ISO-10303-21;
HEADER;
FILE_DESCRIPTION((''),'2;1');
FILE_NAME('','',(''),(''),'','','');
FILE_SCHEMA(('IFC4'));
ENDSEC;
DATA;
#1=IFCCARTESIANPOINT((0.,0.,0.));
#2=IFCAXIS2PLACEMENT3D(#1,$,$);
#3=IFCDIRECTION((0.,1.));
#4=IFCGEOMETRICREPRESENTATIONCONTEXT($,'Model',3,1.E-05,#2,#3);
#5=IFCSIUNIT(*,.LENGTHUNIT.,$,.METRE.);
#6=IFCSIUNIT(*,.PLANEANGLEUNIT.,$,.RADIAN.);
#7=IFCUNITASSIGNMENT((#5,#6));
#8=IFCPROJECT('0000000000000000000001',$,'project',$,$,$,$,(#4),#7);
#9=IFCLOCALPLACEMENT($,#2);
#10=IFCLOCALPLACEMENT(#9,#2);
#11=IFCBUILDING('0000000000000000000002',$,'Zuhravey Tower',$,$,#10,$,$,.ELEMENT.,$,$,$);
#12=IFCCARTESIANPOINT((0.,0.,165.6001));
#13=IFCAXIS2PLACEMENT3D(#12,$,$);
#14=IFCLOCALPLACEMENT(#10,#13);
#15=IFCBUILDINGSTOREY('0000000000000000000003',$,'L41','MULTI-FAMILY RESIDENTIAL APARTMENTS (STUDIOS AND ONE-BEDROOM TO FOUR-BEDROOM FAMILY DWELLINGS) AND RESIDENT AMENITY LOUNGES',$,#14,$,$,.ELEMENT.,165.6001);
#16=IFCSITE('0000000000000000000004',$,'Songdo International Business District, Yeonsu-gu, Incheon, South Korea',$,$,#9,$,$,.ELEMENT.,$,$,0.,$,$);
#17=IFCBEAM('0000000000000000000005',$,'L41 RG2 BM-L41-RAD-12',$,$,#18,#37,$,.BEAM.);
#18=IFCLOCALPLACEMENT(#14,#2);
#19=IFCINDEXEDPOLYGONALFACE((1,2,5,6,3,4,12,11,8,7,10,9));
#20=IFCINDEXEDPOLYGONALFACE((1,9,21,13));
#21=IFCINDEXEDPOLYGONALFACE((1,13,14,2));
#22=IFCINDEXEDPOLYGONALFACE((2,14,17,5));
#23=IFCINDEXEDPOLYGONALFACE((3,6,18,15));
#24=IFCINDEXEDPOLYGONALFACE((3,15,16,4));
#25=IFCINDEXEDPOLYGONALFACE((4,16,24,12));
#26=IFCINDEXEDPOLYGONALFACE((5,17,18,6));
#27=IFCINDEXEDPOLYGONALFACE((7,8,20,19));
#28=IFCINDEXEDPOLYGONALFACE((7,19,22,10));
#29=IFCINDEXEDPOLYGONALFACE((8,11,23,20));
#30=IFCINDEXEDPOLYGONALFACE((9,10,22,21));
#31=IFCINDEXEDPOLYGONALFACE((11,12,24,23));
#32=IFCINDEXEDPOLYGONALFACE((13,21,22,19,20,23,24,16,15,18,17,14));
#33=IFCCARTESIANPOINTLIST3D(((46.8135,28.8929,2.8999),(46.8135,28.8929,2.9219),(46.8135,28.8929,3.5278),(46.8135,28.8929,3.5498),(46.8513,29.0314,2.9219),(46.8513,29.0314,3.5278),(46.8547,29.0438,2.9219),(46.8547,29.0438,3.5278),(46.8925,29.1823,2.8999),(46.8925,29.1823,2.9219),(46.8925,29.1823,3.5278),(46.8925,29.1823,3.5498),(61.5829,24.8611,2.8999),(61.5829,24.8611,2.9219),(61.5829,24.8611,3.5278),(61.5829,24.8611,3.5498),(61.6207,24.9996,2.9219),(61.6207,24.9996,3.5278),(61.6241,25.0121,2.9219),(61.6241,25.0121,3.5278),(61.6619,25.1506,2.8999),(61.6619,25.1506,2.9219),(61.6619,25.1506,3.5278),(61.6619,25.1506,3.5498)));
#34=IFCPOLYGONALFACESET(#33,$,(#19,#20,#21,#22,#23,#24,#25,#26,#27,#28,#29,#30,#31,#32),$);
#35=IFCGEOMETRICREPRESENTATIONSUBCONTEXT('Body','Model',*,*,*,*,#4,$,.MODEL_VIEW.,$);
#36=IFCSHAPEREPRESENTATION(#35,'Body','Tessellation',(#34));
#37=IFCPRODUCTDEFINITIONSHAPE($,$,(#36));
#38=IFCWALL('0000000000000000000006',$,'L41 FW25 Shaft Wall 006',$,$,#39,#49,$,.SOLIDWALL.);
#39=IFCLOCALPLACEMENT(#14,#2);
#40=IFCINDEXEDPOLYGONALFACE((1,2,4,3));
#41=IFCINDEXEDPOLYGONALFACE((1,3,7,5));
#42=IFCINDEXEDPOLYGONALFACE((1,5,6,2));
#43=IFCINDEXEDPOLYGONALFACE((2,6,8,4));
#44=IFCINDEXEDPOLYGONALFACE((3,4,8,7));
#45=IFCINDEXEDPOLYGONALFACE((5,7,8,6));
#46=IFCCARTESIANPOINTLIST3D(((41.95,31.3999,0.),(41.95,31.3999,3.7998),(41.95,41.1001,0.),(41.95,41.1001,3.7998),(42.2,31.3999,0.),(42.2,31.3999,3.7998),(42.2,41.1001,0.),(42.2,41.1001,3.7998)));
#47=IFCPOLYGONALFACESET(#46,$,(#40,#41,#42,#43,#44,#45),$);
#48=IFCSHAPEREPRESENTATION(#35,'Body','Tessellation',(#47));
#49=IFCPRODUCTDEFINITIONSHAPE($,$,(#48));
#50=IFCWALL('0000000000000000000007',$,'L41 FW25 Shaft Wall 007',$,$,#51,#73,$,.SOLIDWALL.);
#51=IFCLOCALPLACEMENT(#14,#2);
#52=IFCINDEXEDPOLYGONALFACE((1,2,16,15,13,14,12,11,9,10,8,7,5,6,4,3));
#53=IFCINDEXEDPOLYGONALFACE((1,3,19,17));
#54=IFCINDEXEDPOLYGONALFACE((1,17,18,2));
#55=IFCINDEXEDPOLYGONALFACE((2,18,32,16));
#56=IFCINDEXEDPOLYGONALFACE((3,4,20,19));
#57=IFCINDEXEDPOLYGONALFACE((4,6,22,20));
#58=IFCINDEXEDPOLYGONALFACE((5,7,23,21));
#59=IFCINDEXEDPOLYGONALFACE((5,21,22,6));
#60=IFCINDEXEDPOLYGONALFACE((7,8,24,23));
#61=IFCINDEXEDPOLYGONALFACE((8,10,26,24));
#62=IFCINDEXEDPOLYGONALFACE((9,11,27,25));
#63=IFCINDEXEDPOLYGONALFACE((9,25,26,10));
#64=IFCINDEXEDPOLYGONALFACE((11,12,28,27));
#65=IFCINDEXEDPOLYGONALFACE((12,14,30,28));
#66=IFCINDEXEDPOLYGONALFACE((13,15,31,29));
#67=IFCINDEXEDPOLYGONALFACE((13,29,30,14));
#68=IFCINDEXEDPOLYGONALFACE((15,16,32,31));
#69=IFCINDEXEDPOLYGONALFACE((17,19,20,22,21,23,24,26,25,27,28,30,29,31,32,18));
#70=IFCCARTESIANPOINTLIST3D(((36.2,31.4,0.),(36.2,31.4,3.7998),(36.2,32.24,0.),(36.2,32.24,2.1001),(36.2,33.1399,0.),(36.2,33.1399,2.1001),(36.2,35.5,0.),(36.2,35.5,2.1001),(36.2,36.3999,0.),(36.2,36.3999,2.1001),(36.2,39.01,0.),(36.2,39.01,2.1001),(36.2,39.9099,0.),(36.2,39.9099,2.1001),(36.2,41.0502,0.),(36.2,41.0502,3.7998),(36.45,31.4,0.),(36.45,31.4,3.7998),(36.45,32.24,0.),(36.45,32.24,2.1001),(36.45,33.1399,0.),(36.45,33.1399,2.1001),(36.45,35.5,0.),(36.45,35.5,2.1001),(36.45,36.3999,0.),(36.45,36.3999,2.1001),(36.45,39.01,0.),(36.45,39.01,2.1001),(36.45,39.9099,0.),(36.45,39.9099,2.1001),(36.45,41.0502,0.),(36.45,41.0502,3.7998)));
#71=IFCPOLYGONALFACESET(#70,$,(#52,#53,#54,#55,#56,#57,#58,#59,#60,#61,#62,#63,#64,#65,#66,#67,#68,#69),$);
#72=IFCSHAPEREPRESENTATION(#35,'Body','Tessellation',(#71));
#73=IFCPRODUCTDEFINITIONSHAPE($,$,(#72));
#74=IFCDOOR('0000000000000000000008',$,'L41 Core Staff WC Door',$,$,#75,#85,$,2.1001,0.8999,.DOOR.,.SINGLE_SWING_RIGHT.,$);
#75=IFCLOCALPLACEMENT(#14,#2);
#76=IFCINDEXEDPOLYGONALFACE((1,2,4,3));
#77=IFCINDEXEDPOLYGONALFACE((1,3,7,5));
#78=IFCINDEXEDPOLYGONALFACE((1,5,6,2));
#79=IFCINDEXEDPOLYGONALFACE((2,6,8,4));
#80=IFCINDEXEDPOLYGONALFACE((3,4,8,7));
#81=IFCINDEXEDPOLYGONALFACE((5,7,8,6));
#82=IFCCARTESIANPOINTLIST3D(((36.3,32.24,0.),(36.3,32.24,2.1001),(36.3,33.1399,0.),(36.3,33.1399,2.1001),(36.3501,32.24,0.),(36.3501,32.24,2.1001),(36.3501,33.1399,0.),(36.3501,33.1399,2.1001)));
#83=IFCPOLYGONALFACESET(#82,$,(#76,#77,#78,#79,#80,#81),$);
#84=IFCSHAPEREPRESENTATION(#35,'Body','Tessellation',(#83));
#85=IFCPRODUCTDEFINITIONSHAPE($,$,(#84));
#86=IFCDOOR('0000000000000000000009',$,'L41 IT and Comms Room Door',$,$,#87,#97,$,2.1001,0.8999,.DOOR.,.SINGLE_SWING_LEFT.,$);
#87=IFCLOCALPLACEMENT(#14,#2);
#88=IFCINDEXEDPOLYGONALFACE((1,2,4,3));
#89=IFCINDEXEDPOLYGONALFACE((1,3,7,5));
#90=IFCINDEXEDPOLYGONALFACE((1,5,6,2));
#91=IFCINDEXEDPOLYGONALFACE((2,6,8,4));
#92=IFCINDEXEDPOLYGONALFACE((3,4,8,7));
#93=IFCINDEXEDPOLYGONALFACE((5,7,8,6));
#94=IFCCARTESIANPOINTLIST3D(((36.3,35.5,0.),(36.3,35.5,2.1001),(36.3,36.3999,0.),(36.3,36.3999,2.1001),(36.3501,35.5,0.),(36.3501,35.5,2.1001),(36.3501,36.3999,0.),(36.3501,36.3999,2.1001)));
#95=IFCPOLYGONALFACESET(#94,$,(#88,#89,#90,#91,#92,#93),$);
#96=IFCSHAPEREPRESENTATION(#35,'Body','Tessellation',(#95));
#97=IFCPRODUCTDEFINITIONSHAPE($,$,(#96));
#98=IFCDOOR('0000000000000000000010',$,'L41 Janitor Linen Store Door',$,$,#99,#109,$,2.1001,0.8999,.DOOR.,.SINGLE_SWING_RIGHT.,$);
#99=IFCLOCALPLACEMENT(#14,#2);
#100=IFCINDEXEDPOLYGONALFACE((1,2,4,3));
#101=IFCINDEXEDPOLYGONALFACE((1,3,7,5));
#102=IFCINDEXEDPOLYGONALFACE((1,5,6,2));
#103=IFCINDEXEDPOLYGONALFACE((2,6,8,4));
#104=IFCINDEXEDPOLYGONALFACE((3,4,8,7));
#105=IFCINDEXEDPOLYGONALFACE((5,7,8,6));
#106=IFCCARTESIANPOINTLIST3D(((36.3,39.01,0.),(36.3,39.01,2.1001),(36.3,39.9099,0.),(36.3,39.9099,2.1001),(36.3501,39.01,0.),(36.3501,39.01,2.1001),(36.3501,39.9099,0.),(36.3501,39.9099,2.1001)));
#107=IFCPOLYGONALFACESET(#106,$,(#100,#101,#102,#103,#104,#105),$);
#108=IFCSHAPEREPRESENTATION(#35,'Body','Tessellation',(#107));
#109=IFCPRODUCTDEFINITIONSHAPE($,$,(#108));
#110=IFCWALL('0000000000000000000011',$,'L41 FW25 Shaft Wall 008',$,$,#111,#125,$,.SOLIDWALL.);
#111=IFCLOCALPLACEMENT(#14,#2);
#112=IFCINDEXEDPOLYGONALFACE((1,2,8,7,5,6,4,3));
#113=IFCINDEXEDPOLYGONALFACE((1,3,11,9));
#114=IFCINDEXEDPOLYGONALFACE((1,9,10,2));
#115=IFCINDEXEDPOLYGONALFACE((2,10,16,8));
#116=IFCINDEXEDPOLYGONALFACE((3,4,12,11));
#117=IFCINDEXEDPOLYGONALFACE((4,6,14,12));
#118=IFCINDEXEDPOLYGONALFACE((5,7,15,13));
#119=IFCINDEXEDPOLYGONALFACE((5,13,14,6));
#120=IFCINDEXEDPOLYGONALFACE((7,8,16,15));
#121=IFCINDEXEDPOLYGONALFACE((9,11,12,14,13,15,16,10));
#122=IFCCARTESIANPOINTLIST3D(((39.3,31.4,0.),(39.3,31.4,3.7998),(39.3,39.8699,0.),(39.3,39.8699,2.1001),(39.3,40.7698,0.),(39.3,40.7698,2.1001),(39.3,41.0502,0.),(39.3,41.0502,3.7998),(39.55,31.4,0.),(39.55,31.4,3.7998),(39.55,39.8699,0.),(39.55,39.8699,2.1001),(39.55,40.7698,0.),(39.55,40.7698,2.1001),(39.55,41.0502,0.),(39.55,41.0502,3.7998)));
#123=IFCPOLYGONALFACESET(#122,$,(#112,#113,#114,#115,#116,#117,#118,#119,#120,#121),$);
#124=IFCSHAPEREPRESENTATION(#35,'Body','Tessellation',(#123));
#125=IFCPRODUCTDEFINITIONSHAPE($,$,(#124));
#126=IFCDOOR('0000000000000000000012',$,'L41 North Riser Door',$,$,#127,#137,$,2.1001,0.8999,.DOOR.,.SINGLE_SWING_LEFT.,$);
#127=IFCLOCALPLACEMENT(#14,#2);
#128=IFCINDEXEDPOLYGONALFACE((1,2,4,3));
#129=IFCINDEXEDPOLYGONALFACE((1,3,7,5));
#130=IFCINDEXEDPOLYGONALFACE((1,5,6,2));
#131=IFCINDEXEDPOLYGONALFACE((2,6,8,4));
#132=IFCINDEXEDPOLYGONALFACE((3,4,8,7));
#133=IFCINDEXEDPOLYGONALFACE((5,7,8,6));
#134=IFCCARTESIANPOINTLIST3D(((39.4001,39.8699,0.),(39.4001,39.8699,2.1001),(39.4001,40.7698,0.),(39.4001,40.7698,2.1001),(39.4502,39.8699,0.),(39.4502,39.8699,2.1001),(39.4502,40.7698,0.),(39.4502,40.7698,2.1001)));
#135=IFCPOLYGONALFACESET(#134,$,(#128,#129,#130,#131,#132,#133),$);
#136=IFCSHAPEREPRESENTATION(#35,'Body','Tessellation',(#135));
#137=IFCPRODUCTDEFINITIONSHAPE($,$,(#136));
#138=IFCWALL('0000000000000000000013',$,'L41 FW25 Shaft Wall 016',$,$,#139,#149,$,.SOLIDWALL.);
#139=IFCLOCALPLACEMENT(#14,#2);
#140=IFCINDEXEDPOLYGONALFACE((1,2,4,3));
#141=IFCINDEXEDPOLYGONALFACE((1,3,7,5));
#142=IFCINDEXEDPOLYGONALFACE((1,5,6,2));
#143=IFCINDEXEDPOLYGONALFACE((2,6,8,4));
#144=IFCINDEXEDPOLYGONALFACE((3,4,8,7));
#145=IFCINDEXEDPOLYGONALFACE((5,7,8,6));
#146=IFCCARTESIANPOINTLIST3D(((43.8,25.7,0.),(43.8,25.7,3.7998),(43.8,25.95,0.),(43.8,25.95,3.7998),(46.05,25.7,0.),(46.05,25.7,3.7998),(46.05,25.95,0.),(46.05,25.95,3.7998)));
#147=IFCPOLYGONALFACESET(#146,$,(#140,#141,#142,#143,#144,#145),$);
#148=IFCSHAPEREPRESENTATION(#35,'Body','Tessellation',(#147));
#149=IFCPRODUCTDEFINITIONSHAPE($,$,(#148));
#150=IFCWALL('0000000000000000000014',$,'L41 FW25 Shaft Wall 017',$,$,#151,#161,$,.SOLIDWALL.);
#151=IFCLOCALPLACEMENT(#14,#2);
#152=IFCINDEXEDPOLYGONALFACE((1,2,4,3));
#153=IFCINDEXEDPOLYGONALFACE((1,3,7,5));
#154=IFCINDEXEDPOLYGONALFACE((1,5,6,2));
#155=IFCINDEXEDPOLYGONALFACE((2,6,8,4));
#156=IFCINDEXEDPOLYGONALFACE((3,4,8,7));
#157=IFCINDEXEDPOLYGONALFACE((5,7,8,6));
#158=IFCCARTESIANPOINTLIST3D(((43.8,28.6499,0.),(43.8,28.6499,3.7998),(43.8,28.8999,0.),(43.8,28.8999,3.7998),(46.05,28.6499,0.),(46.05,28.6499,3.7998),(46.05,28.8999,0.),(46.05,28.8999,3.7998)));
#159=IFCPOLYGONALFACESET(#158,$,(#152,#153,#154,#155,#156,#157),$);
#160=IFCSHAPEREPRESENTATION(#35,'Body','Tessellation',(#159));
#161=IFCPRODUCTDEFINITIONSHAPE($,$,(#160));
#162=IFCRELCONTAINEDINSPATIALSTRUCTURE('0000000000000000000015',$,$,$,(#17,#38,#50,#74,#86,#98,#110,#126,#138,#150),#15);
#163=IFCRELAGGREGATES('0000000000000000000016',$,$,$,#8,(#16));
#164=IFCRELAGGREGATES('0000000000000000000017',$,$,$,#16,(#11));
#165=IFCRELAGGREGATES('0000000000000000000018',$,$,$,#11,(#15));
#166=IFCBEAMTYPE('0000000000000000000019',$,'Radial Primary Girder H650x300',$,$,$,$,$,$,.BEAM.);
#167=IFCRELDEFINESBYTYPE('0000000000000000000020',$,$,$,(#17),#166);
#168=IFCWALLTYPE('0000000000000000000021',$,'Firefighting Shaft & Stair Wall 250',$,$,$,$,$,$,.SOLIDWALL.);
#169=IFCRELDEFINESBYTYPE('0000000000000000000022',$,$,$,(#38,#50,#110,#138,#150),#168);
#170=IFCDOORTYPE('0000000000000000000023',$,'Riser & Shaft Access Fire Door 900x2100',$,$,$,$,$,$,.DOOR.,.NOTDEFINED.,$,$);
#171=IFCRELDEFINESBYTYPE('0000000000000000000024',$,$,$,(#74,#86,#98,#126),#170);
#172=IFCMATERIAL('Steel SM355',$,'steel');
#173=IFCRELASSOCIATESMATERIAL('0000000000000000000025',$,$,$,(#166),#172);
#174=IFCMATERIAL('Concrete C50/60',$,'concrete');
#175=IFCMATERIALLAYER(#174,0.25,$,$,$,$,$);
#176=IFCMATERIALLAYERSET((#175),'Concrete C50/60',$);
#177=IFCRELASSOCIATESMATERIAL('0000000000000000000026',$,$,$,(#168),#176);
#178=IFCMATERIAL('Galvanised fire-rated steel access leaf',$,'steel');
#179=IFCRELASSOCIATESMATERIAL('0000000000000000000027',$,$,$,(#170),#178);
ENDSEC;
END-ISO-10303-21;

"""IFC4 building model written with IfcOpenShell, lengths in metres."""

from ifc_helpers import new_model, si_unit, direction, frame, frame_2d, origin, origin_2d, place, context, subcontext, project, spatial, rectangle, i_section, extrude, material, layer, layer_set, material_profile, profile_set, type_object, element, fill, save


model = new_model("IFC4")

# Units and contexts
model_context = context("Model", 3, precision=1e-05, world=origin(), true_north=direction((0.0, 1.0)))
body_context = subcontext(model_context, "Body", "Model", "MODEL_VIEW")
ifc_project = project(units=[si_unit("LENGTHUNIT", "METRE"), si_unit("PLANEANGLEUNIT", "RADIAN")], contexts=[model_context])

# Site, building, storey
site_placement = place(None, origin())
site = spatial("IfcSite", under=ifc_project, at=site_placement, Name="Songdo International Business District, Yeonsu-gu, Incheon, South Korea", CompositionType="ELEMENT", RefElevation=0.0)
building_placement = place(site_placement, origin())
building = spatial("IfcBuilding", under=site, at=building_placement, Name="Zuhravey Tower", CompositionType="ELEMENT")
storey_placement = place(building_placement, frame((0.0, 0.0, 165.6001)))
storey = spatial("IfcBuildingStorey", under=building, at=storey_placement, Name="L41", Description="MULTI-FAMILY RESIDENTIAL APARTMENTS (STUDIOS AND ONE-BEDROOM TO FOUR-BEDROOM FAMILY DWELLINGS) AND RESIDENT AMENITY LOUNGES", CompositionType="ELEMENT", Elevation=165.6001)

# Beam
ifc_material_1 = material(Name="Steel SM355", Category="steel")
ifc_material_profile = material_profile(ifc_material_1, i_section(OverallWidth=0.3, OverallDepth=0.6499, WebThickness=0.0129, FlangeThickness=0.022, at=origin_2d()), Name="H-650x300x13x22")
ifc_profile_set = profile_set([ifc_material_profile], Name="Steel SM355")
beam_type = type_object("IfcBeamType", Name="Radial Primary Girder H650x300", PredefinedType="BEAM", material=ifc_profile_set)
beam_placement = place(storey_placement, frame((46.853, 29.0376, 3.2249), z_axis=(0.964702, -0.263345, 0.0), x_axis=(0.263345, 0.964702, 0.0)))
element("IfcBeam", 1, at=beam_placement, inside=storey, type_object=beam_type, Name="L41 RG2 BM-L41-RAD-12", PredefinedType="BEAM", context=body_context, shape_type="SweptSolid", body=[
    extrude(i_section(OverallWidth=0.3, OverallDepth=0.6499, WebThickness=0.0129, FlangeThickness=0.022, at=origin_2d()), origin(), (0.0, 0.0, 1.0), 15.3098),
])

# Wall
ifc_material_2 = material(Name="Concrete C50/60", Category="concrete")
ifc_layer_1 = layer(ifc_material_2, 0.25)
ifc_layer_set_1 = layer_set([ifc_layer_1], Name="Concrete C50/60")
wall_type_1 = type_object("IfcWallType", Name="Firefighting Shaft & Stair Wall 250", PredefinedType="SOLIDWALL", material=ifc_layer_set_1)
wall_1_placement = place(storey_placement, frame((42.075, 31.3999, 0.0), z_axis=(0.0, 0.0, 1.0), x_axis=(0.0, 1.0, 0.0)))
element("IfcWall", 2, at=wall_1_placement, inside=storey, type_object=wall_type_1, Name="L41 FW25 Shaft Wall 006", PredefinedType="SOLIDWALL", context=body_context, shape_type="SweptSolid", body=[
    extrude(rectangle(XDim=9.7002, YDim=0.25, at=frame_2d((4.8501, 0.0))), origin(), (0.0, 0.0, 1.0), 3.7998),
])

# Wall, openings, doors
wall_2_placement = place(storey_placement, frame((36.325, 31.3999, 0.0), z_axis=(0.0, 0.0, 1.0), x_axis=(0.0, 1.0, 0.0)))
wall_2 = element("IfcWall", 3, at=wall_2_placement, inside=storey, type_object=wall_type_1, Name="L41 FW25 Shaft Wall 007", PredefinedType="SOLIDWALL", context=body_context, shape_type="SweptSolid", body=[
    extrude(rectangle(XDim=9.6501, YDim=0.25, at=frame_2d((4.8252, 0.0))), origin(), (0.0, 0.0, 1.0), 3.7998),
])
opening_1_placement = place(wall_2_placement, frame((0.8401, 0.0, 0.0)))
opening_1 = element("IfcOpeningElement", 4, at=opening_1_placement, cuts=wall_2, PredefinedType="OPENING", context=body_context, shape_type="SweptSolid", body=[
    extrude(rectangle(XDim=0.8999, YDim=2.1001, at=frame_2d((0.45, 1.05))), frame((0.0, 0.137, 0.0), z_axis=(0.0, -1.0, 0.0), x_axis=(1.0, 0.0, 0.0)), (0.0, 0.0, 1.0), 0.2739),
])
opening_2_placement = place(wall_2_placement, frame((4.1001, 0.0, 0.0)))
opening_2 = element("IfcOpeningElement", 5, at=opening_2_placement, cuts=wall_2, PredefinedType="OPENING", context=body_context, shape_type="SweptSolid", body=[
    extrude(rectangle(XDim=0.8999, YDim=2.1001, at=frame_2d((0.45, 1.05))), frame((0.0, 0.137, 0.0), z_axis=(0.0, -1.0, 0.0), x_axis=(1.0, 0.0, 0.0)), (0.0, 0.0, 1.0), 0.2739),
])
opening_3_placement = place(wall_2_placement, frame((7.6101, 0.0, 0.0)))
opening_3 = element("IfcOpeningElement", 6, at=opening_3_placement, cuts=wall_2, PredefinedType="OPENING", context=body_context, shape_type="SweptSolid", body=[
    extrude(rectangle(XDim=0.8999, YDim=2.1001, at=frame_2d((0.45, 1.05))), frame((0.0, 0.137, 0.0), z_axis=(0.0, -1.0, 0.0), x_axis=(1.0, 0.0, 0.0)), (0.0, 0.0, 1.0), 0.2739),
])
ifc_material_3 = material(Name="Galvanised fire-rated steel access leaf", Category="steel")
door_type_1 = type_object("IfcDoorType", Name="Riser & Shaft Access Fire Door 900x2100", OperationType="NOTDEFINED", PredefinedType="DOOR", material=ifc_material_3)
door_1_placement = place(opening_1_placement, origin())
door_1 = element("IfcDoor", 7, at=door_1_placement, inside=storey, type_object=door_type_1, Name="L41 Core Staff WC Door", OperationType="SINGLE_SWING_RIGHT", OverallHeight=2.1001, OverallWidth=0.8999, PredefinedType="DOOR", context=body_context, shape_type="SweptSolid", body=[
    extrude(rectangle(XDim=0.8999, YDim=2.1001, at=frame_2d((0.45, 1.05))), frame((0.0, 0.0249, 0.0), z_axis=(0.0, -1.0, 0.0), x_axis=(1.0, 0.0, 0.0)), (0.0, 0.0, 1.0), 0.05),
])
fill(opening_1, door_1)
door_2_placement = place(opening_2_placement, origin())
door_2 = element("IfcDoor", 8, at=door_2_placement, inside=storey, type_object=door_type_1, Name="L41 IT and Comms Room Door", OperationType="SINGLE_SWING_LEFT", OverallHeight=2.1001, OverallWidth=0.8999, PredefinedType="DOOR", context=body_context, shape_type="SweptSolid", body=[
    extrude(rectangle(XDim=0.8999, YDim=2.1001, at=frame_2d((0.45, 1.05))), frame((0.0, 0.0249, 0.0), z_axis=(0.0, -1.0, 0.0), x_axis=(1.0, 0.0, 0.0)), (0.0, 0.0, 1.0), 0.05),
])
fill(opening_2, door_2)
door_3_placement = place(opening_3_placement, origin())
door_3 = element("IfcDoor", 9, at=door_3_placement, inside=storey, type_object=door_type_1, Name="L41 Janitor Linen Store Door", OperationType="SINGLE_SWING_RIGHT", OverallHeight=2.1001, OverallWidth=0.8999, PredefinedType="DOOR", context=body_context, shape_type="SweptSolid", body=[
    extrude(rectangle(XDim=0.8999, YDim=2.1001, at=frame_2d((0.45, 1.05))), frame((0.0, 0.0249, 0.0), z_axis=(0.0, -1.0, 0.0), x_axis=(1.0, 0.0, 0.0)), (0.0, 0.0, 1.0), 0.05),
])
fill(opening_3, door_3)

# Wall, opening, door
wall_3_placement = place(storey_placement, frame((39.425, 31.3999, 0.0), z_axis=(0.0, 0.0, 1.0), x_axis=(0.0, 1.0, 0.0)))
wall_3 = element("IfcWall", 10, at=wall_3_placement, inside=storey, type_object=wall_type_1, Name="L41 FW25 Shaft Wall 008", PredefinedType="SOLIDWALL", context=body_context, shape_type="SweptSolid", body=[
    extrude(rectangle(XDim=9.6501, YDim=0.25, at=frame_2d((4.8252, 0.0))), origin(), (0.0, 0.0, 1.0), 3.7998),
])
opening_4_placement = place(wall_3_placement, frame((8.47, 0.0, 0.0)))
opening_4 = element("IfcOpeningElement", 11, at=opening_4_placement, cuts=wall_3, PredefinedType="OPENING", context=body_context, shape_type="SweptSolid", body=[
    extrude(rectangle(XDim=0.8999, YDim=2.1001, at=frame_2d((0.45, 1.05))), frame((0.0, 0.137, 0.0), z_axis=(0.0, -1.0, 0.0), x_axis=(1.0, 0.0, 0.0)), (0.0, 0.0, 1.0), 0.2739),
])
door_4_placement = place(opening_4_placement, origin())
door_4 = element("IfcDoor", 12, at=door_4_placement, inside=storey, type_object=door_type_1, Name="L41 North Riser Door", OperationType="SINGLE_SWING_LEFT", OverallHeight=2.1001, OverallWidth=0.8999, PredefinedType="DOOR", context=body_context, shape_type="SweptSolid", body=[
    extrude(rectangle(XDim=0.8999, YDim=2.1001, at=frame_2d((0.45, 1.05))), frame((0.0, 0.0249, 0.0), z_axis=(0.0, -1.0, 0.0), x_axis=(1.0, 0.0, 0.0)), (0.0, 0.0, 1.0), 0.05),
])
fill(opening_4, door_4)

# Walls
for number, where, z_axis, x_axis, name in (
    (13, (43.8, 25.825, 0.0), (0.0, 0.0, 1.0), (1.0, 0.0, 0.0), "L41 FW25 Shaft Wall 016"),
    (14, (43.8, 28.7749, 0.0), (0.0, 0.0, 1.0), (1.0, 0.0, 0.0), "L41 FW25 Shaft Wall 017"),
):
    element("IfcWall", number, at=place(storey_placement, frame(where, z_axis=z_axis, x_axis=x_axis)), inside=storey, type_object=wall_type_1, Name=name, PredefinedType="SOLIDWALL", context=body_context, shape_type="SweptSolid", body=[
        extrude(rectangle(XDim=2.25, YDim=0.25, at=frame_2d((1.125, 0.0))), origin(), (0.0, 0.0, 1.0), 3.7998),
    ])

save(model, "model.ifc")
